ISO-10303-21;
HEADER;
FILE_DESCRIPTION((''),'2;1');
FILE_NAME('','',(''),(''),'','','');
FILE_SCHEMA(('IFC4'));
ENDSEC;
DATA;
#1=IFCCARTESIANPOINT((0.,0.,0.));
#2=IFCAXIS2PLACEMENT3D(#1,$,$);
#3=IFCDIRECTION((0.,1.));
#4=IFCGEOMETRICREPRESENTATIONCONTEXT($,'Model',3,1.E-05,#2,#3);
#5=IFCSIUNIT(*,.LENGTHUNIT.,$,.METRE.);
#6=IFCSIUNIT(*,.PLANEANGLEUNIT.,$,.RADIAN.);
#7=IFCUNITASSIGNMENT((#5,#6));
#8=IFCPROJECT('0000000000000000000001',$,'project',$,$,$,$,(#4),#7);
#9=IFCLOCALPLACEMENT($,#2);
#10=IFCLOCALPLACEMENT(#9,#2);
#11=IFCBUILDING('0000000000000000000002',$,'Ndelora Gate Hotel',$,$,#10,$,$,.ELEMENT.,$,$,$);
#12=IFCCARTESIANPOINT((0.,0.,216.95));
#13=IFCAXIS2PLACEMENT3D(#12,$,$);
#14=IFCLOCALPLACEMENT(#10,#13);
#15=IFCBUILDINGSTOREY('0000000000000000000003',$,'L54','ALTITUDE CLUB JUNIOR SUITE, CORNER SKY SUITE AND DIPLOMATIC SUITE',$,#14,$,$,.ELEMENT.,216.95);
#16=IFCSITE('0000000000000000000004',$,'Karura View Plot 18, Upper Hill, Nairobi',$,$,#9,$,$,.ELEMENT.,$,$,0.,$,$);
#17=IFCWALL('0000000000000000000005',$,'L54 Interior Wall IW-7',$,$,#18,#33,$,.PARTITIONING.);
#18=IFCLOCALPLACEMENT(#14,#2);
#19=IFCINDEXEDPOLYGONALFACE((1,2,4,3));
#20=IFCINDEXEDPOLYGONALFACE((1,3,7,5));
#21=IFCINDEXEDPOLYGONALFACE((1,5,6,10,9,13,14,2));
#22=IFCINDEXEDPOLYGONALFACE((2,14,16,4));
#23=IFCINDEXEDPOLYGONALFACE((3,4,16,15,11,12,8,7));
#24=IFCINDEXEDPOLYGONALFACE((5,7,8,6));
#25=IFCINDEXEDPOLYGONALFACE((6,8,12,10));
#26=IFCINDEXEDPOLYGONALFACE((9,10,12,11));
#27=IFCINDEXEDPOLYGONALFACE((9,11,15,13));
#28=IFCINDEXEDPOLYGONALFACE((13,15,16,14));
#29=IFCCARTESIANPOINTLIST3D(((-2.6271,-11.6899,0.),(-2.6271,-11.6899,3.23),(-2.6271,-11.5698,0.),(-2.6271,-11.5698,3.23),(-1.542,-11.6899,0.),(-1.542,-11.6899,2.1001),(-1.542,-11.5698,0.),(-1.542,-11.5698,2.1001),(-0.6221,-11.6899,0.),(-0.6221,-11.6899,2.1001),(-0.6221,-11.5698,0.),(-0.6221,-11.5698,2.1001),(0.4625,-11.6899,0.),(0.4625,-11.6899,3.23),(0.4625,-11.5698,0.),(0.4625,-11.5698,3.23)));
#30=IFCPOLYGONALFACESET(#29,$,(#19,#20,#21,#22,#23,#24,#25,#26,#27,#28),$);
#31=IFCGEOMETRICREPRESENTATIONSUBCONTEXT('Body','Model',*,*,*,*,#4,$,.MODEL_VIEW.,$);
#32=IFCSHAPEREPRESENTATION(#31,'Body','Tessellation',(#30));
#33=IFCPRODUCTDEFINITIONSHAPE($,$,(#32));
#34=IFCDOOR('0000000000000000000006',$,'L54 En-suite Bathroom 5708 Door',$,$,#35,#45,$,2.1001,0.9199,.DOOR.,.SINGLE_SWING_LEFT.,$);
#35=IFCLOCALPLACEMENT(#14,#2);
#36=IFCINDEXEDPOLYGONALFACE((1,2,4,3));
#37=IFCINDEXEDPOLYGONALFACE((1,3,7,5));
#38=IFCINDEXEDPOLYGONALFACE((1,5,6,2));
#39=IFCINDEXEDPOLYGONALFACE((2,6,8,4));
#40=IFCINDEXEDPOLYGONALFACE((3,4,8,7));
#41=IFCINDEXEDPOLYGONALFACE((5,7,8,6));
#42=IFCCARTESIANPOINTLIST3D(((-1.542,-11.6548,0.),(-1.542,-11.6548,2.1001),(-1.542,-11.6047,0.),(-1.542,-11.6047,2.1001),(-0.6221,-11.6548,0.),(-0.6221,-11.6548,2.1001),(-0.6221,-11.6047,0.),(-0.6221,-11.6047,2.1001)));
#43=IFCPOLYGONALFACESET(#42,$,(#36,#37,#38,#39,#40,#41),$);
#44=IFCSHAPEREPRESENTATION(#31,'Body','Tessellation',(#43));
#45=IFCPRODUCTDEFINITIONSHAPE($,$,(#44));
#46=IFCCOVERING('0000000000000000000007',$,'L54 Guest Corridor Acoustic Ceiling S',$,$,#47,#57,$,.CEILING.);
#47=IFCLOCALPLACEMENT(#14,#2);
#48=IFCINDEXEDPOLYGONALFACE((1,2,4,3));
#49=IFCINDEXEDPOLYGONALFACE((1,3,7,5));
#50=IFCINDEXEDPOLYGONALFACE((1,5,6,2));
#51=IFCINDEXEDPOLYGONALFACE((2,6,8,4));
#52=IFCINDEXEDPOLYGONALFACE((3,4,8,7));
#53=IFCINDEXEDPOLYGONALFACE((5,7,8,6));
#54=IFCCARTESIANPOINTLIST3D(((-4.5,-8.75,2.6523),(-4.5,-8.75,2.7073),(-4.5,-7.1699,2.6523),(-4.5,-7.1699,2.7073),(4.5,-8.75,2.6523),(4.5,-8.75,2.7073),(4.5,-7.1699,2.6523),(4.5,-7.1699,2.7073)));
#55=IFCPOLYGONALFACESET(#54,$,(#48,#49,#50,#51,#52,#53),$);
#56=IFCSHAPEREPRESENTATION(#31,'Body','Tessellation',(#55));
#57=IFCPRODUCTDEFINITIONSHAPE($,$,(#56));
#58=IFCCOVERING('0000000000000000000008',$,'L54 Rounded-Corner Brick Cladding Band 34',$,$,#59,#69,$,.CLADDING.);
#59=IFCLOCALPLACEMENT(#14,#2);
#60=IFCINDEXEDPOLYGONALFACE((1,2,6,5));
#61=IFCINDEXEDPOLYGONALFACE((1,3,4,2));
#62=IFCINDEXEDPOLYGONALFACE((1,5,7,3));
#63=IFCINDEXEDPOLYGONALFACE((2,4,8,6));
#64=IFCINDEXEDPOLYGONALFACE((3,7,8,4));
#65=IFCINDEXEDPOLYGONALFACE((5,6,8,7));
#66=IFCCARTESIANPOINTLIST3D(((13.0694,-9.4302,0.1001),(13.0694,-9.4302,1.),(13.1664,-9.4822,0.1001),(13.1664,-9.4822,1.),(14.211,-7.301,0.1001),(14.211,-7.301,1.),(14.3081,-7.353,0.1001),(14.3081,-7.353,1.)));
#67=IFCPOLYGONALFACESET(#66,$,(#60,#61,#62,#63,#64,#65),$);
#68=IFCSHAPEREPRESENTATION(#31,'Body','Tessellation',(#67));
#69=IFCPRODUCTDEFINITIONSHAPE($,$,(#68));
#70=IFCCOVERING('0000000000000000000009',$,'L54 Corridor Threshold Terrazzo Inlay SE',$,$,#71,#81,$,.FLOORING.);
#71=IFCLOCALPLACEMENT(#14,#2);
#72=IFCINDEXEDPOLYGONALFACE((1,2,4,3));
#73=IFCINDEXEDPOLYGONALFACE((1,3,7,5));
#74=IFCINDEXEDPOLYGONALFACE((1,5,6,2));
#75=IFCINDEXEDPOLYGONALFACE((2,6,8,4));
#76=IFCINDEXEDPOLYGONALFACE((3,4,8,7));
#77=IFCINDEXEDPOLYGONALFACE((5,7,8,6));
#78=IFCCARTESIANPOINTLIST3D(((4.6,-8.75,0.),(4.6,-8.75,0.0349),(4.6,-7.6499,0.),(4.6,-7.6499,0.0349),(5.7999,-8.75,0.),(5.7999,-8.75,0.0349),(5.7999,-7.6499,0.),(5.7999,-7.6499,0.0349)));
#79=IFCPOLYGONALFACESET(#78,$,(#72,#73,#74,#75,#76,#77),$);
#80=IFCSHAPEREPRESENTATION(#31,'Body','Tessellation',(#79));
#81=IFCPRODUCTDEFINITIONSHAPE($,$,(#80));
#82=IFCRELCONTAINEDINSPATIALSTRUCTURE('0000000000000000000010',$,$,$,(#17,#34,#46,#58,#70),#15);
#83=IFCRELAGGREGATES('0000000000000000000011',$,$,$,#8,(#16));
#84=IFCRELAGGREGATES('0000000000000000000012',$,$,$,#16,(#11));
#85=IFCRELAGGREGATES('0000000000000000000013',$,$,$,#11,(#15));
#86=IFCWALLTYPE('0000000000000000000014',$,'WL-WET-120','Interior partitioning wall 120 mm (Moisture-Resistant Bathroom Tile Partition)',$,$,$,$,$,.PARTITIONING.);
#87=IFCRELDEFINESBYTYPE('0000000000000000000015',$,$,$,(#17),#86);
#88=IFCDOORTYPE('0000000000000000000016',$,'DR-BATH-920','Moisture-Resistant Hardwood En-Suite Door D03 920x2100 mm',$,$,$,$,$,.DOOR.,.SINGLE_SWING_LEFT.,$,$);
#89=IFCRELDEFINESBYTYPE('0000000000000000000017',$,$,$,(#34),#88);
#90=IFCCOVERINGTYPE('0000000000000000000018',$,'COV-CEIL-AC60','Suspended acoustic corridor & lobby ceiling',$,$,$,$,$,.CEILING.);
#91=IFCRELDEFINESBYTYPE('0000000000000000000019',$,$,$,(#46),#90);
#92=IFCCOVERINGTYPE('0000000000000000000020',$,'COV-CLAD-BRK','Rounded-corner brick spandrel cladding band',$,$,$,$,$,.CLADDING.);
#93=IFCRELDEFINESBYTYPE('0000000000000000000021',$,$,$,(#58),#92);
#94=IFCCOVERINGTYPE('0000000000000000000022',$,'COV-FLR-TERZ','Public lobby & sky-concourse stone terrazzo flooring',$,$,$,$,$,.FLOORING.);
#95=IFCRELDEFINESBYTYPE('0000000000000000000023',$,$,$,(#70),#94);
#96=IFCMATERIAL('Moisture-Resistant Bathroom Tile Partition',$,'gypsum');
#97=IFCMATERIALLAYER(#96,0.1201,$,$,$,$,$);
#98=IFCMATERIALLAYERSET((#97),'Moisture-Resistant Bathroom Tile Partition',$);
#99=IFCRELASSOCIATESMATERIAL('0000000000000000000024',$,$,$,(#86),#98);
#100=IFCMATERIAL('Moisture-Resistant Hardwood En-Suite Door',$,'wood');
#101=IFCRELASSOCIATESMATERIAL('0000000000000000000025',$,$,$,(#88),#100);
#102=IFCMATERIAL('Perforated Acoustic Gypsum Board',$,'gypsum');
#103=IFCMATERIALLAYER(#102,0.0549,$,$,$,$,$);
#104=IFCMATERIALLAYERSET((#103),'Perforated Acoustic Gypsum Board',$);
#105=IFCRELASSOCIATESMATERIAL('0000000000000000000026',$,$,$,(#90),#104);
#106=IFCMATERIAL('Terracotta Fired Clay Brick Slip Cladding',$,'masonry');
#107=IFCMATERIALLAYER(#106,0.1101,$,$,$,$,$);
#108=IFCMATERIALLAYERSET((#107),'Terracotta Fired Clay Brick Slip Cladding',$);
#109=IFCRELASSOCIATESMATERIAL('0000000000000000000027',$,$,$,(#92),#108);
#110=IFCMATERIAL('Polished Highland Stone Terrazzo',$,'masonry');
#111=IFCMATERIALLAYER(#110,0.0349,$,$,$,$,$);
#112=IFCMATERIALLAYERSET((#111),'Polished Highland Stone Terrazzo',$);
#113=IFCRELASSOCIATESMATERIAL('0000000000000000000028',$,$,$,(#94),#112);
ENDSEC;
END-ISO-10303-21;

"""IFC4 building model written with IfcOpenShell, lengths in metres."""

from ifc_helpers import new_model, si_unit, direction, frame, frame_2d, origin, origin_2d, place, context, subcontext, project, spatial, rectangle, extrude, material, layer, layer_set, type_object, element, fill, save


model = new_model("IFC4")

# Units and contexts
model_context = context("Model", 3, precision=1e-05, world=origin(), true_north=direction((0.0, 1.0)))
body_context = subcontext(model_context, "Body", "Model", "MODEL_VIEW")
ifc_project = project(units=[si_unit("LENGTHUNIT", "METRE"), si_unit("PLANEANGLEUNIT", "RADIAN")], contexts=[model_context])

# Site, building, storey
site_placement = place(None, origin())
site = spatial("IfcSite", under=ifc_project, at=site_placement, Name="Karura View Plot 18, Upper Hill, Nairobi", CompositionType="ELEMENT", RefElevation=0.0)
building_placement = place(site_placement, origin())
building = spatial("IfcBuilding", under=site, at=building_placement, Name="Ndelora Gate Hotel", CompositionType="ELEMENT")
storey_placement = place(building_placement, frame((0.0, 0.0, 216.95)))
storey = spatial("IfcBuildingStorey", under=building, at=storey_placement, Name="L54", Description="ALTITUDE CLUB JUNIOR SUITE, CORNER SKY SUITE AND DIPLOMATIC SUITE", CompositionType="ELEMENT", Elevation=216.95)

# Shared definitions
ifc_material_1 = material(Name="Moisture-Resistant Bathroom Tile Partition", Category="gypsum")
ifc_layer_1 = layer(ifc_material_1, 0.1201)
ifc_layer_set_1 = layer_set([ifc_layer_1], Name="Moisture-Resistant Bathroom Tile Partition")
wall_type_1 = type_object("IfcWallType", Name="WL-WET-120", Description="Interior partitioning wall 120 mm (Moisture-Resistant Bathroom Tile Partition)", PredefinedType="PARTITIONING", material=ifc_layer_set_1)

# Wall, opening, door
wall_1_placement = place(storey_placement, frame((0.4626, -11.6299, 0.0), z_axis=(0.0, 0.0, 1.0), x_axis=(-1.0, 0.0, 0.0)))
wall_1 = element("IfcWall", 1, at=wall_1_placement, inside=storey, type_object=wall_type_1, Name="L54 Interior Wall IW-7", PredefinedType="PARTITIONING", context=body_context, shape_type="SweptSolid", body=[
    extrude(rectangle(XDim=3.0896, YDim=0.1201, at=frame_2d((1.5449, 0.0))), origin(), (0.0, 0.0, 1.0), 3.23),
])
opening_1_placement = place(wall_1_placement, frame((1.0847, 0.0, 0.0)))
opening_1 = element("IfcOpeningElement", 2, at=opening_1_placement, cuts=wall_1, PredefinedType="OPENING", context=body_context, shape_type="SweptSolid", body=[
    extrude(rectangle(XDim=0.9199, YDim=2.1001, at=frame_2d((0.46, 1.05))), frame((0.0, 0.0701, 0.0), z_axis=(0.0, -1.0, 0.0), x_axis=(1.0, 0.0, 0.0)), (0.0, 0.0, 1.0), 0.1401),
])
ifc_material_2 = material(Name="Moisture-Resistant Hardwood En-Suite Door", Category="wood")
door_type_1 = type_object("IfcDoorType", Name="DR-BATH-920", Description="Moisture-Resistant Hardwood En-Suite Door D03 920x2100 mm", OperationType="SINGLE_SWING_LEFT", PredefinedType="DOOR", material=ifc_material_2)
door_1_placement = place(opening_1_placement, origin())
door_1 = element("IfcDoor", 3, at=door_1_placement, inside=storey, type_object=door_type_1, Name="L54 En-suite Bathroom 5708 Door", OperationType="SINGLE_SWING_LEFT", OverallHeight=2.1001, OverallWidth=0.9199, PredefinedType="DOOR", context=body_context, shape_type="SweptSolid", body=[
    extrude(rectangle(XDim=0.9199, YDim=2.1001, at=frame_2d((0.46, 1.05))), frame((0.0, 0.0249, 0.0), z_axis=(0.0, -1.0, 0.0), x_axis=(1.0, 0.0, 0.0)), (0.0, 0.0, 1.0), 0.05),
])
fill(opening_1, door_1)

# Coverings
ifc_material_3 = material(Name="Perforated Acoustic Gypsum Board", Category="gypsum")
ifc_layer_2 = layer(ifc_material_3, 0.0549)
ifc_layer_set_2 = layer_set([ifc_layer_2], Name="Perforated Acoustic Gypsum Board")
covering_type_1 = type_object("IfcCoveringType", Name="COV-CEIL-AC60", Description="Suspended acoustic corridor & lobby ceiling", PredefinedType="CEILING", material=ifc_layer_set_2)
covering_1_placement = place(storey_placement, frame((0.0, -7.96, 2.6523), z_axis=(0.0, 0.0, 1.0), x_axis=(1.0, 0.0, 0.0)))
element("IfcCovering", 4, at=covering_1_placement, inside=storey, type_object=covering_type_1, Name="L54 Guest Corridor Acoustic Ceiling S", PredefinedType="CEILING", context=body_context, shape_type="SweptSolid", body=[
    extrude(rectangle(XDim=9.0, YDim=1.5801, at=origin_2d()), origin(), (0.0, 0.0, 1.0), 0.0549),
])
ifc_material_4 = material(Name="Terracotta Fired Clay Brick Slip Cladding", Category="masonry")
ifc_layer_3 = layer(ifc_material_4, 0.1101)
ifc_layer_set_3 = layer_set([ifc_layer_3], Name="Terracotta Fired Clay Brick Slip Cladding")
covering_type_2 = type_object("IfcCoveringType", Name="COV-CLAD-BRK", Description="Rounded-corner brick spandrel cladding band", PredefinedType="CLADDING", material=ifc_layer_set_3)
covering_2_placement = place(storey_placement, frame((13.6887, -8.3916, 0.1001), z_axis=(0.0, 0.0, 1.0), x_axis=(0.472551, 0.881303, 0.0)))
element("IfcCovering", 5, at=covering_2_placement, inside=storey, type_object=covering_type_2, Name="L54 Rounded-Corner Brick Cladding Band 34", PredefinedType="CLADDING", context=body_context, shape_type="SweptSolid", body=[
    extrude(rectangle(XDim=2.416, YDim=0.1101, at=origin_2d()), origin(), (0.0, 0.0, 1.0), 0.8999),
])
ifc_material_5 = material(Name="Polished Highland Stone Terrazzo", Category="masonry")
ifc_layer_4 = layer(ifc_material_5, 0.0349)
ifc_layer_set_4 = layer_set([ifc_layer_4], Name="Polished Highland Stone Terrazzo")
covering_type_3 = type_object("IfcCoveringType", Name="COV-FLR-TERZ", Description="Public lobby & sky-concourse stone terrazzo flooring", PredefinedType="FLOORING", material=ifc_layer_set_4)
covering_3_placement = place(storey_placement, frame((5.2, -8.2, 0.0), z_axis=(0.0, 0.0, 1.0), x_axis=(1.0, 0.0, 0.0)))
element("IfcCovering", 6, at=covering_3_placement, inside=storey, type_object=covering_type_3, Name="L54 Corridor Threshold Terrazzo Inlay SE", PredefinedType="FLOORING", context=body_context, shape_type="SweptSolid", body=[
    extrude(rectangle(XDim=1.2, YDim=1.1001, at=origin_2d()), origin(), (0.0, 0.0, 1.0), 0.0349),
])

save(model, "model.ifc")
